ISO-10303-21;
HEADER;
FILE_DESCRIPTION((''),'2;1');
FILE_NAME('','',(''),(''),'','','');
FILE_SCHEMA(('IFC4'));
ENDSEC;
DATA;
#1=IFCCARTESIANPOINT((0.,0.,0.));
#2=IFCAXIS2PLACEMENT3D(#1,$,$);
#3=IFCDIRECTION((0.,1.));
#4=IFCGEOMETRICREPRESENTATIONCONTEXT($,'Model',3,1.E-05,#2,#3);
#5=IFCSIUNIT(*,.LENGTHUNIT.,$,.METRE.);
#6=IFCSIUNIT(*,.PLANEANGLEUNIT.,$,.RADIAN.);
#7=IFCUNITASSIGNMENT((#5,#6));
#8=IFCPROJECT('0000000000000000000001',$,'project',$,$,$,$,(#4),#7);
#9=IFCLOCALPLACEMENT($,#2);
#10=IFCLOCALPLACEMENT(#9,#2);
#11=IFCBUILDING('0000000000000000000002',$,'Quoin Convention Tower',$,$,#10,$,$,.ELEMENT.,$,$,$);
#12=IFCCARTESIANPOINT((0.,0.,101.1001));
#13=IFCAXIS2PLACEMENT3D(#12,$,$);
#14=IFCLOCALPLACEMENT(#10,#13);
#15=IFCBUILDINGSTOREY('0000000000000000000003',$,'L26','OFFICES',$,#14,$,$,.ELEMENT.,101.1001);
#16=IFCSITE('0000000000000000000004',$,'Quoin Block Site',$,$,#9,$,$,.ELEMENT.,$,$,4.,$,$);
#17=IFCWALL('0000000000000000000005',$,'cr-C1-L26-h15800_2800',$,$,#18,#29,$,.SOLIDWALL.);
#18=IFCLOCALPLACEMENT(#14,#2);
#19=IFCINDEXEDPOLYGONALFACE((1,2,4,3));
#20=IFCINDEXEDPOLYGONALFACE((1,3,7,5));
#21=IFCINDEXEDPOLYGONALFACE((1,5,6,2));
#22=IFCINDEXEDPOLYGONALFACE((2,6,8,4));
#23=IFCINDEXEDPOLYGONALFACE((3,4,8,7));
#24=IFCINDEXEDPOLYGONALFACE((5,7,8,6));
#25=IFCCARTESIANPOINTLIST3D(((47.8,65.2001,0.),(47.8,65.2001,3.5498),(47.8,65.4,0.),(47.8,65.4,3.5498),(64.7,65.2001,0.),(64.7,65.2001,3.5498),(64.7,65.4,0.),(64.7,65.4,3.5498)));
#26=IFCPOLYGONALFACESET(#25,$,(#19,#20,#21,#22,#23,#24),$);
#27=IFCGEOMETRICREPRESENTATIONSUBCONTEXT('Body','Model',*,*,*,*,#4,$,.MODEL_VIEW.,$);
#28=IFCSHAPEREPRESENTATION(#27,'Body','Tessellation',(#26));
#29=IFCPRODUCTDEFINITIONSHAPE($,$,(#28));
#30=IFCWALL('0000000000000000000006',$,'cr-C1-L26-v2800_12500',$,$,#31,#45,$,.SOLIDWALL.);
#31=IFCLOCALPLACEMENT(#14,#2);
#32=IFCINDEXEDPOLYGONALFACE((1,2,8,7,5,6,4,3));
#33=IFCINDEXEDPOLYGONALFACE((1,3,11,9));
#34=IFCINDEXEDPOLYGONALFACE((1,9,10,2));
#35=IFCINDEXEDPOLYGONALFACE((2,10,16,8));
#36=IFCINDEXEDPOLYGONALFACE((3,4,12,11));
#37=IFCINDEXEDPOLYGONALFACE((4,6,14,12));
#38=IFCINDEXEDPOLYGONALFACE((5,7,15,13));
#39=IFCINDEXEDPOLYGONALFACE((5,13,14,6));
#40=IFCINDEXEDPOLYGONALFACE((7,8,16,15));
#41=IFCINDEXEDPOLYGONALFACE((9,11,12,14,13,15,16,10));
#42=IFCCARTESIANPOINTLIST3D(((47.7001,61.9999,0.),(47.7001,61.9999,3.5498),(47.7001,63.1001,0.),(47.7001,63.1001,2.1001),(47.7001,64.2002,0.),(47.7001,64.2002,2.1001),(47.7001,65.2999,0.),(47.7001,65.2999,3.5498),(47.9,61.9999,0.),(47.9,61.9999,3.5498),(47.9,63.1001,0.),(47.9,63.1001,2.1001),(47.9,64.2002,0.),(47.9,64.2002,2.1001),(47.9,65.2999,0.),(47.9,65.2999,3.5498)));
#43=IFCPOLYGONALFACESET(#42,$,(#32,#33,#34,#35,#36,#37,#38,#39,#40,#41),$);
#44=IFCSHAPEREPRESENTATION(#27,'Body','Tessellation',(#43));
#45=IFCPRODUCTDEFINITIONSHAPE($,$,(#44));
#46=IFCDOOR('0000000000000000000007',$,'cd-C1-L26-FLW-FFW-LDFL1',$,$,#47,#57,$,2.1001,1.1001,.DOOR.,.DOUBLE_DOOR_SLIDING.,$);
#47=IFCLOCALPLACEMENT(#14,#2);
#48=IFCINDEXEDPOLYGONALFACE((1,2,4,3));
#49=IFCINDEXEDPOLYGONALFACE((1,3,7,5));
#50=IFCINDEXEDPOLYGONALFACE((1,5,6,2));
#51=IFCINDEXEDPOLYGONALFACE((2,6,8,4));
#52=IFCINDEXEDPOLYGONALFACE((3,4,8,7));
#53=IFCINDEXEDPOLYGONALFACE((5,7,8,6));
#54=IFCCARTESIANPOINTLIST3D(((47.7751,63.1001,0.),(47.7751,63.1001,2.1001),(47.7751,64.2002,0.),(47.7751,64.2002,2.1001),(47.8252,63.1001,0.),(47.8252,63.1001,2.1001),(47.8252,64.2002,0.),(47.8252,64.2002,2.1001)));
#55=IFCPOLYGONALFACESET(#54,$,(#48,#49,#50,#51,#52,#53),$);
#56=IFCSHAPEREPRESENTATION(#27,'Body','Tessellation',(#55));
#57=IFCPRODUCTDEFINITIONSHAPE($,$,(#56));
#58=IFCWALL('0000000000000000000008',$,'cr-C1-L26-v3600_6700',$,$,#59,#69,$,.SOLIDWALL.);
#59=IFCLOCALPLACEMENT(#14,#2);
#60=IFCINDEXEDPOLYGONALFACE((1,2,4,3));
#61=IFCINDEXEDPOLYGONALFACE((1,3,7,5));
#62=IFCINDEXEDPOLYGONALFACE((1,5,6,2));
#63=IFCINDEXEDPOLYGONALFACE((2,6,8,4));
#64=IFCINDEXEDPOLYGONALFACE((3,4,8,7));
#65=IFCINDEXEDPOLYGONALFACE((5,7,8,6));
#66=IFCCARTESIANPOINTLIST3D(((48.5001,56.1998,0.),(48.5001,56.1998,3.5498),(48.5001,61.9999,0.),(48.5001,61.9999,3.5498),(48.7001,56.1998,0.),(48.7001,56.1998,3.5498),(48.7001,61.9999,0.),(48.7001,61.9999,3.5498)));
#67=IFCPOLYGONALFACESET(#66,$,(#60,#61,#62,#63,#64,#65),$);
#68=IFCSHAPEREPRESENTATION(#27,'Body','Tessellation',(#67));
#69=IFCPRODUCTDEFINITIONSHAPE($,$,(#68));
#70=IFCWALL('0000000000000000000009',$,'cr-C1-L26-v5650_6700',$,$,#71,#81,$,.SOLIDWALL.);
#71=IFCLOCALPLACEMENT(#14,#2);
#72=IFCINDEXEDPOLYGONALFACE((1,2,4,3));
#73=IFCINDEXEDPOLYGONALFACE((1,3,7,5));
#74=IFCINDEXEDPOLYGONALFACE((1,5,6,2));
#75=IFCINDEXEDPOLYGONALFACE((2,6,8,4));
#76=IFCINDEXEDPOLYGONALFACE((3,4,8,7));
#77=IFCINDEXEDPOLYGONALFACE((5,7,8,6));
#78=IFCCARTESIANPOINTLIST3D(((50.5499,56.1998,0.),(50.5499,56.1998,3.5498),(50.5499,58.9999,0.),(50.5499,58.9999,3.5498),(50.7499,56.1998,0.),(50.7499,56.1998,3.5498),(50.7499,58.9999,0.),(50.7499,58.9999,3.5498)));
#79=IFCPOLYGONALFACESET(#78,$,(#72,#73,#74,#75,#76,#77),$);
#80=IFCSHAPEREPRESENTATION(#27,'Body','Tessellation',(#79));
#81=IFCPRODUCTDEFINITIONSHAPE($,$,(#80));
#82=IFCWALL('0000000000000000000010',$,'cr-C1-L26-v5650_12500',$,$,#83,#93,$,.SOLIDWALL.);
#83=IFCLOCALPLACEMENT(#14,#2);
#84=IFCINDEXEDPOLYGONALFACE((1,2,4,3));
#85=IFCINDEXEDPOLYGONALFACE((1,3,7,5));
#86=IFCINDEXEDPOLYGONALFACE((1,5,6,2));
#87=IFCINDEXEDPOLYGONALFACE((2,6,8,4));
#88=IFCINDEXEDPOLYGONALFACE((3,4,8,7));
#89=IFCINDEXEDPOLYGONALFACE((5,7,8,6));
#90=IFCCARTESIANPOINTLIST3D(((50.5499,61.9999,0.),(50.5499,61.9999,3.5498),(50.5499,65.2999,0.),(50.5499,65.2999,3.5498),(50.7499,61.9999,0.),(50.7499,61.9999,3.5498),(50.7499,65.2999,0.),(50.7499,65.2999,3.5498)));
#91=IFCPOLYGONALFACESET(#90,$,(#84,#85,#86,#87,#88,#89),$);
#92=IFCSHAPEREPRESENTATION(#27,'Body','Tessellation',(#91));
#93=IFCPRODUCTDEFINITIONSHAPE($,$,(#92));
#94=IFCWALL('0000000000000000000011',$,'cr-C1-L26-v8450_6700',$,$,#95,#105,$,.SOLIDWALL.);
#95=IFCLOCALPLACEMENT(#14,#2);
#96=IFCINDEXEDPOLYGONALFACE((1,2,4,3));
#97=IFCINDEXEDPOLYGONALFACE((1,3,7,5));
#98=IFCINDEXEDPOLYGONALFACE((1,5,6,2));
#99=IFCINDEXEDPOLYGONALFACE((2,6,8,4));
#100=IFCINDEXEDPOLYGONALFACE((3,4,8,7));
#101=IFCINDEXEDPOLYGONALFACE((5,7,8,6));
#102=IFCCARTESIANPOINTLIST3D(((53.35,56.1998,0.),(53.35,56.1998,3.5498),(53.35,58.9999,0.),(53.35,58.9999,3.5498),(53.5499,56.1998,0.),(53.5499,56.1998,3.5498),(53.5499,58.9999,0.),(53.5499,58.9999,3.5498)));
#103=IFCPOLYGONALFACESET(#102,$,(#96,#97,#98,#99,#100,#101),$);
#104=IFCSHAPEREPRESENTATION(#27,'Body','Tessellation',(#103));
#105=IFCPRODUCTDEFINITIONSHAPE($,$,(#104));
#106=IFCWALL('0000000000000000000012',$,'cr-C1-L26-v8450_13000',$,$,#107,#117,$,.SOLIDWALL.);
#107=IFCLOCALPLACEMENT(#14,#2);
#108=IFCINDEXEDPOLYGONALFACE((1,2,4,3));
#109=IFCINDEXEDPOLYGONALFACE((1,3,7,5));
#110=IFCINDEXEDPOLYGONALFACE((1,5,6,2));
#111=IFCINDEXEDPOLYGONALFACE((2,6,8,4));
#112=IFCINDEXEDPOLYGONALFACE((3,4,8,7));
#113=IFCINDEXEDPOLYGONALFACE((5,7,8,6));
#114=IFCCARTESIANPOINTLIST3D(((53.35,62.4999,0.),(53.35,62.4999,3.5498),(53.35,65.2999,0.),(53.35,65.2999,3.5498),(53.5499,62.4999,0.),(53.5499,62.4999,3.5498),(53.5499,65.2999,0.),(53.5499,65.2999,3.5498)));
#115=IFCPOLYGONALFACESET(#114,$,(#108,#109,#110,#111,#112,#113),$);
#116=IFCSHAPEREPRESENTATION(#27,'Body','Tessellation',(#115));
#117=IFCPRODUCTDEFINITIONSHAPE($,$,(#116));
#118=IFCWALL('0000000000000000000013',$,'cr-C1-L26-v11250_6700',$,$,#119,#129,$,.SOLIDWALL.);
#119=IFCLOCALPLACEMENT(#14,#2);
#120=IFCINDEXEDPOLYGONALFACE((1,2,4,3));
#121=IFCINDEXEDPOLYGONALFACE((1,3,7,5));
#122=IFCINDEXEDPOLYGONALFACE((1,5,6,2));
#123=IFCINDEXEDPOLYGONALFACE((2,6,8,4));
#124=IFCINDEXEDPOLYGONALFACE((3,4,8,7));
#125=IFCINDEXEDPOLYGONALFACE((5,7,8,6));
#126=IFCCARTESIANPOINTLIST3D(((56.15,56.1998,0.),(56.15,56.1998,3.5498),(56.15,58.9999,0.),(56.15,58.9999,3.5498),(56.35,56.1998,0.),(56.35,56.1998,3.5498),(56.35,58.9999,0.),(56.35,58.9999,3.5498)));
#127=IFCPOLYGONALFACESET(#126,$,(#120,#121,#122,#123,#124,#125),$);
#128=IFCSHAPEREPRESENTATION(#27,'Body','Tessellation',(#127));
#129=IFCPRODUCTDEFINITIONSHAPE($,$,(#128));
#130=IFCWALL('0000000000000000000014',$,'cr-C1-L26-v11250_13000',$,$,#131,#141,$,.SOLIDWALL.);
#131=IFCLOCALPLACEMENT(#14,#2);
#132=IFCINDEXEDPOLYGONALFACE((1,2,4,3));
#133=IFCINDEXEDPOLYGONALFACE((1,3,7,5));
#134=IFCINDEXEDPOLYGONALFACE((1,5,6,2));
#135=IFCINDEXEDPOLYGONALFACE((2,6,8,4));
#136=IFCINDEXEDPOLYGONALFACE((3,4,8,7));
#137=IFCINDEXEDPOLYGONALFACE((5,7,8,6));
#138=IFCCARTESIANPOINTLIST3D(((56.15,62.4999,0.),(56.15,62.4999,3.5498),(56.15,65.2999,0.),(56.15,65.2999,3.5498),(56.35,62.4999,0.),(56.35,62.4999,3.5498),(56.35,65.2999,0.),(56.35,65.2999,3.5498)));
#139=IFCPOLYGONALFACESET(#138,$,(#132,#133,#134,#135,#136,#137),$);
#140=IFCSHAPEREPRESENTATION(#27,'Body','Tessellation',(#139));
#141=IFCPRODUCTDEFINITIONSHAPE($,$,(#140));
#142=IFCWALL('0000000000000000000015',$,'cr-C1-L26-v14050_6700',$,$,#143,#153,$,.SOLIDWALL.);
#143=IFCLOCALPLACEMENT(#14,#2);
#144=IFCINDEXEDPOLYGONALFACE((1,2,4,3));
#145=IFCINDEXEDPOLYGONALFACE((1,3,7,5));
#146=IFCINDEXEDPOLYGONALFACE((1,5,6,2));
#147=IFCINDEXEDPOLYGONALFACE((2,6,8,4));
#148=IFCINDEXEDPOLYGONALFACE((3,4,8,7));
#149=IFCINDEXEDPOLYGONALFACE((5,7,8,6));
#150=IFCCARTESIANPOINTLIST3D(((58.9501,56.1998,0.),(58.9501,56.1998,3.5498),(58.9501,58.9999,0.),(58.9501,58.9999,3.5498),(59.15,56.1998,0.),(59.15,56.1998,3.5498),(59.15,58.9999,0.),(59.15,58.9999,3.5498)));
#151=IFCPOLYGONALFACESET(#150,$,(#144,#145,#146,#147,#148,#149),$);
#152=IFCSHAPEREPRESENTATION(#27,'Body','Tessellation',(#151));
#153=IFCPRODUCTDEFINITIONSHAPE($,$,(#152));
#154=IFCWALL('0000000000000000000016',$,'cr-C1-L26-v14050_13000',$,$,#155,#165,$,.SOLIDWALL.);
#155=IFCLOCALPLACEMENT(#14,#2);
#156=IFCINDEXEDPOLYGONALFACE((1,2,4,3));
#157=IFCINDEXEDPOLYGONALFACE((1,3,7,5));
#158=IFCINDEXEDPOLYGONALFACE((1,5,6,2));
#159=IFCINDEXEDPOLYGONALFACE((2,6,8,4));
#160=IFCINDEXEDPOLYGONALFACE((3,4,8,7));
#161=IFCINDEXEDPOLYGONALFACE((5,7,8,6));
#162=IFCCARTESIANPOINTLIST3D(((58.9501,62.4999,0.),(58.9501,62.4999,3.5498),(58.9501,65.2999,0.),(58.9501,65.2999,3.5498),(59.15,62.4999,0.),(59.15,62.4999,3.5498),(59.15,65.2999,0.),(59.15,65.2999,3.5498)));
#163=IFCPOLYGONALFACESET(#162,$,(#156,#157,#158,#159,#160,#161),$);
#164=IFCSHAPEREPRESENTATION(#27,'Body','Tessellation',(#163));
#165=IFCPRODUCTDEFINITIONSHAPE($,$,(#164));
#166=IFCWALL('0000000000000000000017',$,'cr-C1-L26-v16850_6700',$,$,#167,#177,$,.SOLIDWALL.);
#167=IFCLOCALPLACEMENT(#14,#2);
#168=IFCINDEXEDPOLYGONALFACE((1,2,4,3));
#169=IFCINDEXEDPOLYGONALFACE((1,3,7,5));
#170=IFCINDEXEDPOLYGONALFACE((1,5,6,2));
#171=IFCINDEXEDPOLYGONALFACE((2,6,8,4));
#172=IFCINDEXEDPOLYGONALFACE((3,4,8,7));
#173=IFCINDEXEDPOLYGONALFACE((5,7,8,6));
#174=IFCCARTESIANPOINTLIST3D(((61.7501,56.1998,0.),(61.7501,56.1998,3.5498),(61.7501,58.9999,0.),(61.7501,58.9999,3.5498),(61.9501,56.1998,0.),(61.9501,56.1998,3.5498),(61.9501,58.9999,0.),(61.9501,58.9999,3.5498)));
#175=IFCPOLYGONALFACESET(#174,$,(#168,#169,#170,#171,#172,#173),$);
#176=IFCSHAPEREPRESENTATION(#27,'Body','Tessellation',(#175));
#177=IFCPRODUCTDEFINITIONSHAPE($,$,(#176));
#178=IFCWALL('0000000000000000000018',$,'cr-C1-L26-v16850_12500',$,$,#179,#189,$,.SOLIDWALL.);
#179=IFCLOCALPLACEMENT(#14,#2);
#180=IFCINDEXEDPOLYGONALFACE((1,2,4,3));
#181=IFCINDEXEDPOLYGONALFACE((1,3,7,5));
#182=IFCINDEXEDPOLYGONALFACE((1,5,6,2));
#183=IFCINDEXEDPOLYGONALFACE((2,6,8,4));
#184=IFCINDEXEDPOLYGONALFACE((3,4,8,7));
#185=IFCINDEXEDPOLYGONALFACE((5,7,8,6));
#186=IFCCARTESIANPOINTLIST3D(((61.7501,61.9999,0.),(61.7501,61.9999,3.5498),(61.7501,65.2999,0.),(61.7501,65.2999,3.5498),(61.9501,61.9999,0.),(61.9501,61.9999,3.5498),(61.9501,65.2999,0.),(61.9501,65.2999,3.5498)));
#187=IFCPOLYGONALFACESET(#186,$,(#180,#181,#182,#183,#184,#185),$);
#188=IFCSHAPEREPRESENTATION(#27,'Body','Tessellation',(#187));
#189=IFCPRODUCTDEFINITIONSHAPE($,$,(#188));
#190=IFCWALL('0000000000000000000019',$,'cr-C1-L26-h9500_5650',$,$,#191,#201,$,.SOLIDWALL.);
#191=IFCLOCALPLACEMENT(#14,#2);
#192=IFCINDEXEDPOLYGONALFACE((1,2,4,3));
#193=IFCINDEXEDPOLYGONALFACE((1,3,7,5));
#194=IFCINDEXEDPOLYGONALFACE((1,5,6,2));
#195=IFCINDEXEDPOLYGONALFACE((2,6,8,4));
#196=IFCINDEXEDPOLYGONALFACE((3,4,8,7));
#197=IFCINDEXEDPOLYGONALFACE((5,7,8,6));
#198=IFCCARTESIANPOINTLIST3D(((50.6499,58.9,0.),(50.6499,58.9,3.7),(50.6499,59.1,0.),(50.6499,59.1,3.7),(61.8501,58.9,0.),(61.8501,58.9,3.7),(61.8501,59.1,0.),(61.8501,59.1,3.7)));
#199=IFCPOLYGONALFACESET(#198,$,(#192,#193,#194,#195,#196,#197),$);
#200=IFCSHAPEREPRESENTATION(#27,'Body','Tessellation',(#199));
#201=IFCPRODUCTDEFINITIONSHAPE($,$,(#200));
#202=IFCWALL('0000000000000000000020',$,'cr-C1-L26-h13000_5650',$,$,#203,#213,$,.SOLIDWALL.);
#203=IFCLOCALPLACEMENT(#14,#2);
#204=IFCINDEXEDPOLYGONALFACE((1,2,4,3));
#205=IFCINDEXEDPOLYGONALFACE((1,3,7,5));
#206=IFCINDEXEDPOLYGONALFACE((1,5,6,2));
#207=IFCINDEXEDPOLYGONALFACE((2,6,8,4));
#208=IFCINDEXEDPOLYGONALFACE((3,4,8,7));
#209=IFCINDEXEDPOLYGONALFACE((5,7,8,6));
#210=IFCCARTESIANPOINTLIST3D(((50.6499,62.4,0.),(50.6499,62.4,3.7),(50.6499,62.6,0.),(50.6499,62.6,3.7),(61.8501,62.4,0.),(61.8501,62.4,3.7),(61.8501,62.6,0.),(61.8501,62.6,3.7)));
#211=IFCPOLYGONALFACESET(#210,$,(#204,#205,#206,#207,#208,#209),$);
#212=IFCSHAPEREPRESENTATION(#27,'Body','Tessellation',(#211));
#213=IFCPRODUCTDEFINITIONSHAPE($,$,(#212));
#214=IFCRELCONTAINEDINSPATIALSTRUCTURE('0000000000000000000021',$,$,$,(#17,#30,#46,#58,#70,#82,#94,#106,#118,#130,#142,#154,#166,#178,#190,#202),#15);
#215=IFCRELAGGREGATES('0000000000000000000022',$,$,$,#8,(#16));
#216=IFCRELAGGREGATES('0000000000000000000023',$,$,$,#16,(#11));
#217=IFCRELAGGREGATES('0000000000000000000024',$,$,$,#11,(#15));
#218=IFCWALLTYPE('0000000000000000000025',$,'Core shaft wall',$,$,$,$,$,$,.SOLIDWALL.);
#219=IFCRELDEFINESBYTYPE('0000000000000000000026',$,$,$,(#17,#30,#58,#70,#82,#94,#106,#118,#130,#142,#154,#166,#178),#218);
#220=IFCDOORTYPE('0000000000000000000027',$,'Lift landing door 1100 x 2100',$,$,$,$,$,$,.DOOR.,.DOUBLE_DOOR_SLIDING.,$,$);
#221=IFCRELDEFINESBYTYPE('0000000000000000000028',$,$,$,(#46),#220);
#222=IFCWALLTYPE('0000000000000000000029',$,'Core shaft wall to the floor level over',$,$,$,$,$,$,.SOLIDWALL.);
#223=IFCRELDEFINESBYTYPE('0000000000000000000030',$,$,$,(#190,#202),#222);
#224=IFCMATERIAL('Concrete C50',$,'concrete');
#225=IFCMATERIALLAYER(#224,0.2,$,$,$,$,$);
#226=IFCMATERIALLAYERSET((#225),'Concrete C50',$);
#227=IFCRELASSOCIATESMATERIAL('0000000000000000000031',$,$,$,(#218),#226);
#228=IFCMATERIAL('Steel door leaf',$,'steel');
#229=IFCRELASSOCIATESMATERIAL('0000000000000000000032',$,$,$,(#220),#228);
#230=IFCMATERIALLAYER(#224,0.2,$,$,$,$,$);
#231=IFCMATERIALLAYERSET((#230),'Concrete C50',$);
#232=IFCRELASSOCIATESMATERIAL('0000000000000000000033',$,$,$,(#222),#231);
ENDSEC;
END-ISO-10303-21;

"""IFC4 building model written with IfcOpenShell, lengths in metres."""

from ifc_helpers import new_model, si_unit, direction, frame, frame_2d, origin, place, context, subcontext, project, spatial, rectangle, extrude, material, layer, layer_set, type_object, element, fill, save


model = new_model("IFC4")

# Units and contexts
model_context = context("Model", 3, precision=1e-05, world=origin(), true_north=direction((0.0, 1.0)))
body_context = subcontext(model_context, "Body", "Model", "MODEL_VIEW")
ifc_project = project(units=[si_unit("LENGTHUNIT", "METRE"), si_unit("PLANEANGLEUNIT", "RADIAN")], contexts=[model_context])

# Site, building, storey
site_placement = place(None, origin())
site = spatial("IfcSite", under=ifc_project, at=site_placement, Name="Quoin Block Site", CompositionType="ELEMENT", RefElevation=4.0)
building_placement = place(site_placement, origin())
building = spatial("IfcBuilding", under=site, at=building_placement, Name="Quoin Convention Tower", CompositionType="ELEMENT")
storey_placement = place(building_placement, frame((0.0, 0.0, 101.1001)))
storey = spatial("IfcBuildingStorey", under=building, at=storey_placement, Name="L26", Description="OFFICES", CompositionType="ELEMENT", Elevation=101.1001)

# Shared definitions
ifc_material_1 = material(Name="Steel door leaf", Category="steel")

# Shared definitions
ifc_material_2 = material(Name="Concrete C50", Category="concrete")
ifc_layer_1 = layer(ifc_material_2, 0.2)
ifc_layer_set_1 = layer_set([ifc_layer_1], Name="Concrete C50")
wall_type_1 = type_object("IfcWallType", Name="Core shaft wall", PredefinedType="SOLIDWALL", material=ifc_layer_set_1)

# Wall
wall_1_placement = place(storey_placement, frame((47.8, 65.3, 0.0), z_axis=(0.0, 0.0, 1.0), x_axis=(1.0, 0.0, 0.0)))
element("IfcWall", 1, at=wall_1_placement, inside=storey, type_object=wall_type_1, Name="cr-C1-L26-h15800_2800", PredefinedType="SOLIDWALL", context=body_context, shape_type="SweptSolid", body=[
    extrude(rectangle(XDim=16.8999, YDim=0.2, at=frame_2d((8.45, 0.0))), origin(), (0.0, 0.0, 1.0), 3.5498),
])

# Wall, opening, door
wall_2_placement = place(storey_placement, frame((47.8, 62.0, 0.0), z_axis=(0.0, 0.0, 1.0), x_axis=(0.0, 1.0, 0.0)))
wall_2 = element("IfcWall", 2, at=wall_2_placement, inside=storey, type_object=wall_type_1, Name="cr-C1-L26-v2800_12500", PredefinedType="SOLIDWALL", context=body_context, shape_type="SweptSolid", body=[
    extrude(rectangle(XDim=3.3, YDim=0.2, at=frame_2d((1.6499, 0.0))), origin(), (0.0, 0.0, 1.0), 3.5498),
])
opening_1_placement = place(wall_2_placement, frame((1.1001, 0.0, 0.0)))
opening_1 = element("IfcOpeningElement", 3, at=opening_1_placement, cuts=wall_2, PredefinedType="OPENING", context=body_context, shape_type="SweptSolid", body=[
    extrude(rectangle(XDim=1.1001, YDim=2.1001, at=frame_2d((0.55, 1.05))), frame((0.0, 0.1099, 0.0), z_axis=(0.0, -1.0, 0.0), x_axis=(1.0, 0.0, 0.0)), (0.0, 0.0, 1.0), 0.22),
])
door_type_1 = type_object("IfcDoorType", Name="Lift landing door 1100 x 2100", OperationType="DOUBLE_DOOR_SLIDING", PredefinedType="DOOR", material=ifc_material_1)
door_1_placement = place(opening_1_placement, origin())
door_1 = element("IfcDoor", 4, at=door_1_placement, inside=storey, type_object=door_type_1, Name="cd-C1-L26-FLW-FFW-LDFL1", OperationType="DOUBLE_DOOR_SLIDING", OverallHeight=2.1001, OverallWidth=1.1001, PredefinedType="DOOR", context=body_context, shape_type="SweptSolid", body=[
    extrude(rectangle(XDim=1.1001, YDim=2.1001, at=frame_2d((0.55, 1.05))), frame((0.0, 0.0249, 0.0), z_axis=(0.0, -1.0, 0.0), x_axis=(1.0, 0.0, 0.0)), (0.0, 0.0, 1.0), 0.05),
])
fill(opening_1, door_1)

# Walls
wall_3_placement = place(storey_placement, frame((48.6001, 56.2, 0.0), z_axis=(0.0, 0.0, 1.0), x_axis=(0.0, 1.0, 0.0)))
element("IfcWall", 5, at=wall_3_placement, inside=storey, type_object=wall_type_1, Name="cr-C1-L26-v3600_6700", PredefinedType="SOLIDWALL", context=body_context, shape_type="SweptSolid", body=[
    extrude(rectangle(XDim=5.8, YDim=0.2, at=frame_2d((2.8999, 0.0))), origin(), (0.0, 0.0, 1.0), 3.5498),
])
wall_4_placement = place(storey_placement, frame((50.6499, 56.2, 0.0), z_axis=(0.0, 0.0, 1.0), x_axis=(0.0, 1.0, 0.0)))
element("IfcWall", 6, at=wall_4_placement, inside=storey, type_object=wall_type_1, Name="cr-C1-L26-v5650_6700", PredefinedType="SOLIDWALL", context=body_context, shape_type="SweptSolid", body=[
    extrude(rectangle(XDim=2.8, YDim=0.2, at=frame_2d((1.3999, 0.0))), origin(), (0.0, 0.0, 1.0), 3.5498),
])
wall_5_placement = place(storey_placement, frame((50.6499, 62.0, 0.0), z_axis=(0.0, 0.0, 1.0), x_axis=(0.0, 1.0, 0.0)))
element("IfcWall", 7, at=wall_5_placement, inside=storey, type_object=wall_type_1, Name="cr-C1-L26-v5650_12500", PredefinedType="SOLIDWALL", context=body_context, shape_type="SweptSolid", body=[
    extrude(rectangle(XDim=3.3, YDim=0.2, at=frame_2d((1.6499, 0.0))), origin(), (0.0, 0.0, 1.0), 3.5498),
])
for number, where, z_axis, x_axis, name in (
    (8, (53.45, 56.2, 0.0), (0.0, 0.0, 1.0), (0.0, 1.0, 0.0), "cr-C1-L26-v8450_6700"),
    (9, (53.45, 62.5, 0.0), (0.0, 0.0, 1.0), (0.0, 1.0, 0.0), "cr-C1-L26-v8450_13000"),
    (10, (56.25, 56.2, 0.0), (0.0, 0.0, 1.0), (0.0, 1.0, 0.0), "cr-C1-L26-v11250_6700"),
    (11, (56.25, 62.5, 0.0), (0.0, 0.0, 1.0), (0.0, 1.0, 0.0), "cr-C1-L26-v11250_13000"),
    (12, (59.05, 56.2, 0.0), (0.0, 0.0, 1.0), (0.0, 1.0, 0.0), "cr-C1-L26-v14050_6700"),
    (13, (59.05, 62.5, 0.0), (0.0, 0.0, 1.0), (0.0, 1.0, 0.0), "cr-C1-L26-v14050_13000"),
    (14, (61.8501, 56.2, 0.0), (0.0, 0.0, 1.0), (0.0, 1.0, 0.0), "cr-C1-L26-v16850_6700"),
):
    element("IfcWall", number, at=place(storey_placement, frame(where, z_axis=z_axis, x_axis=x_axis)), inside=storey, type_object=wall_type_1, Name=name, PredefinedType="SOLIDWALL", context=body_context, shape_type="SweptSolid", body=[
        extrude(rectangle(XDim=2.8, YDim=0.2, at=frame_2d((1.3999, 0.0))), origin(), (0.0, 0.0, 1.0), 3.5498),
    ])
wall_6_placement = place(storey_placement, frame((61.8501, 62.0, 0.0), z_axis=(0.0, 0.0, 1.0), x_axis=(0.0, 1.0, 0.0)))
element("IfcWall", 15, at=wall_6_placement, inside=storey, type_object=wall_type_1, Name="cr-C1-L26-v16850_12500", PredefinedType="SOLIDWALL", context=body_context, shape_type="SweptSolid", body=[
    extrude(rectangle(XDim=3.3, YDim=0.2, at=frame_2d((1.6499, 0.0))), origin(), (0.0, 0.0, 1.0), 3.5498),
])
ifc_layer_2 = layer(ifc_material_2, 0.2)
ifc_layer_set_2 = layer_set([ifc_layer_2], Name="Concrete C50")
wall_type_2 = type_object("IfcWallType", Name="Core shaft wall to the floor level over", PredefinedType="SOLIDWALL", material=ifc_layer_set_2)
for number, where, z_axis, x_axis, name in (
    (16, (50.6499, 59.0, 0.0), (0.0, 0.0, 1.0), (1.0, 0.0, 0.0), "cr-C1-L26-h9500_5650"),
    (17, (50.6499, 62.5, 0.0), (0.0, 0.0, 1.0), (1.0, 0.0, 0.0), "cr-C1-L26-h13000_5650"),
):
    element("IfcWall", number, at=place(storey_placement, frame(where, z_axis=z_axis, x_axis=x_axis)), inside=storey, type_object=wall_type_2, Name=name, PredefinedType="SOLIDWALL", context=body_context, shape_type="SweptSolid", body=[
        extrude(rectangle(XDim=11.2002, YDim=0.2, at=frame_2d((5.6001, 0.0))), origin(), (0.0, 0.0, 1.0), 3.7),
    ])

save(model, "model.ifc")
